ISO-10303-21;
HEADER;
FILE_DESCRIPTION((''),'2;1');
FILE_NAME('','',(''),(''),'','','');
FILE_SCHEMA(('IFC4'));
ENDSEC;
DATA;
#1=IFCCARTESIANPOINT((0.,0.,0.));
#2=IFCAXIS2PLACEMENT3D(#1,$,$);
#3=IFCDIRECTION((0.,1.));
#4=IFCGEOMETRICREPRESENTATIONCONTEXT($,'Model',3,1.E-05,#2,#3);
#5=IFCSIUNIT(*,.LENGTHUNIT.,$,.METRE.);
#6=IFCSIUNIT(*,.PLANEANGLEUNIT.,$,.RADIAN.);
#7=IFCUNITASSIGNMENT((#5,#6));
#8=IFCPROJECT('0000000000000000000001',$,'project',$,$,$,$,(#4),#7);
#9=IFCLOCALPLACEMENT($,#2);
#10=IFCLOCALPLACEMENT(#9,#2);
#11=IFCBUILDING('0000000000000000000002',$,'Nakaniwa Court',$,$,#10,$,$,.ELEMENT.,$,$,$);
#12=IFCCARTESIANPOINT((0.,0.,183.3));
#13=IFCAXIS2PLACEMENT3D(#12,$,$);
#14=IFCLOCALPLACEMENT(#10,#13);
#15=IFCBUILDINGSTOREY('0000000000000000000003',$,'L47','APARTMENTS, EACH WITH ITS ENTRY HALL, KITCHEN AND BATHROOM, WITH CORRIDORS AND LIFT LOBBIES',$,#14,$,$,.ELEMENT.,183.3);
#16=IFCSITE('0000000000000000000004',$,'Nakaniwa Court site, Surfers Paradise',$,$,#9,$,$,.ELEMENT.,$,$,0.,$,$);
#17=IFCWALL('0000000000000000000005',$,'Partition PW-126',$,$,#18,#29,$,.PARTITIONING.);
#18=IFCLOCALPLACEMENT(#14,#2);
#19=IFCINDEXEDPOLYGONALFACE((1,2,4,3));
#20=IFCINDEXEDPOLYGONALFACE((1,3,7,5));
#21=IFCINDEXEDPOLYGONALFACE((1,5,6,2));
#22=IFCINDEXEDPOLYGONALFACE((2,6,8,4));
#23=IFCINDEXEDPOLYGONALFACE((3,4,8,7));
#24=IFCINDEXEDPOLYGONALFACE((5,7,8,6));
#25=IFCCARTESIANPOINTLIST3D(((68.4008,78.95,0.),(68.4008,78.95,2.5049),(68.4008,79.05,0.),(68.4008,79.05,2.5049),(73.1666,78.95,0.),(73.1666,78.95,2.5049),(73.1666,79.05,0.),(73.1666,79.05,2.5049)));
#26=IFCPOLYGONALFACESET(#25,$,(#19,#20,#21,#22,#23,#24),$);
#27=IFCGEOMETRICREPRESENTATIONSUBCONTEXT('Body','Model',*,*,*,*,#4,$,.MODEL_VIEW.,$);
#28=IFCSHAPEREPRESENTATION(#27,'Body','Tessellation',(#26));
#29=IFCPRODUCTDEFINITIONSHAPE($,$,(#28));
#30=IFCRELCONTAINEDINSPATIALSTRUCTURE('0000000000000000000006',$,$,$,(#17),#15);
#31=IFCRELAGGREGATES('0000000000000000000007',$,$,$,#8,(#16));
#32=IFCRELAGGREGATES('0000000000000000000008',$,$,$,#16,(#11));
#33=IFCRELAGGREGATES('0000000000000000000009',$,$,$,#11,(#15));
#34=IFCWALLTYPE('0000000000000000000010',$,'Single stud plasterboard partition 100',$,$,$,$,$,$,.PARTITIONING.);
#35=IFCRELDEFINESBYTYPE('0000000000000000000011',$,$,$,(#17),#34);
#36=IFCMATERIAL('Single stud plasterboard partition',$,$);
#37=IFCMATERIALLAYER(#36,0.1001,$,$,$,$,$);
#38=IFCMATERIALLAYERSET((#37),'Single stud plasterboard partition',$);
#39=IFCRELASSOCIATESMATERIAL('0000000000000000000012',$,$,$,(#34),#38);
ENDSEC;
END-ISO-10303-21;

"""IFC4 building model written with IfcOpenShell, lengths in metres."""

from ifc_helpers import new_model, si_unit, direction, frame, frame_2d, origin, place, context, subcontext, project, spatial, rectangle, extrude, material, layer, layer_set, type_object, element, save


model = new_model("IFC4")

# Units and contexts
model_context = context("Model", 3, precision=1e-05, world=origin(), true_north=direction((0.0, 1.0)))
body_context = subcontext(model_context, "Body", "Model", "MODEL_VIEW")
ifc_project = project(units=[si_unit("LENGTHUNIT", "METRE"), si_unit("PLANEANGLEUNIT", "RADIAN")], contexts=[model_context])

# Site, building, storey
site_placement = place(None, origin())
site = spatial("IfcSite", under=ifc_project, at=site_placement, Name="Nakaniwa Court site, Surfers Paradise", CompositionType="ELEMENT", RefElevation=0.0)
building_placement = place(site_placement, origin())
building = spatial("IfcBuilding", under=site, at=building_placement, Name="Nakaniwa Court", CompositionType="ELEMENT")
storey_placement = place(building_placement, frame((0.0, 0.0, 183.3)))
storey = spatial("IfcBuildingStorey", under=building, at=storey_placement, Name="L47", Description="APARTMENTS, EACH WITH ITS ENTRY HALL, KITCHEN AND BATHROOM, WITH CORRIDORS AND LIFT LOBBIES", CompositionType="ELEMENT", Elevation=183.3)

# Wall
ifc_material_1 = material(Name="Single stud plasterboard partition")
ifc_layer_1 = layer(ifc_material_1, 0.1001)
ifc_layer_set_1 = layer_set([ifc_layer_1], Name="Single stud plasterboard partition")
wall_type_1 = type_object("IfcWallType", Name="Single stud plasterboard partition 100", PredefinedType="PARTITIONING", material=ifc_layer_set_1)
wall_1_placement = place(storey_placement, frame((68.4009, 79.0, 0.0), z_axis=(0.0, 0.0, 1.0), x_axis=(1.0, 0.0, 0.0)))
element("IfcWall", 1, at=wall_1_placement, inside=storey, type_object=wall_type_1, Name="Partition PW-126", PredefinedType="PARTITIONING", context=body_context, shape_type="SweptSolid", body=[
    extrude(rectangle(XDim=4.7659, YDim=0.1001, at=frame_2d((2.3828, 0.0))), origin(), (0.0, 0.0, 1.0), 2.5049),
])

save(model, "model.ifc")
